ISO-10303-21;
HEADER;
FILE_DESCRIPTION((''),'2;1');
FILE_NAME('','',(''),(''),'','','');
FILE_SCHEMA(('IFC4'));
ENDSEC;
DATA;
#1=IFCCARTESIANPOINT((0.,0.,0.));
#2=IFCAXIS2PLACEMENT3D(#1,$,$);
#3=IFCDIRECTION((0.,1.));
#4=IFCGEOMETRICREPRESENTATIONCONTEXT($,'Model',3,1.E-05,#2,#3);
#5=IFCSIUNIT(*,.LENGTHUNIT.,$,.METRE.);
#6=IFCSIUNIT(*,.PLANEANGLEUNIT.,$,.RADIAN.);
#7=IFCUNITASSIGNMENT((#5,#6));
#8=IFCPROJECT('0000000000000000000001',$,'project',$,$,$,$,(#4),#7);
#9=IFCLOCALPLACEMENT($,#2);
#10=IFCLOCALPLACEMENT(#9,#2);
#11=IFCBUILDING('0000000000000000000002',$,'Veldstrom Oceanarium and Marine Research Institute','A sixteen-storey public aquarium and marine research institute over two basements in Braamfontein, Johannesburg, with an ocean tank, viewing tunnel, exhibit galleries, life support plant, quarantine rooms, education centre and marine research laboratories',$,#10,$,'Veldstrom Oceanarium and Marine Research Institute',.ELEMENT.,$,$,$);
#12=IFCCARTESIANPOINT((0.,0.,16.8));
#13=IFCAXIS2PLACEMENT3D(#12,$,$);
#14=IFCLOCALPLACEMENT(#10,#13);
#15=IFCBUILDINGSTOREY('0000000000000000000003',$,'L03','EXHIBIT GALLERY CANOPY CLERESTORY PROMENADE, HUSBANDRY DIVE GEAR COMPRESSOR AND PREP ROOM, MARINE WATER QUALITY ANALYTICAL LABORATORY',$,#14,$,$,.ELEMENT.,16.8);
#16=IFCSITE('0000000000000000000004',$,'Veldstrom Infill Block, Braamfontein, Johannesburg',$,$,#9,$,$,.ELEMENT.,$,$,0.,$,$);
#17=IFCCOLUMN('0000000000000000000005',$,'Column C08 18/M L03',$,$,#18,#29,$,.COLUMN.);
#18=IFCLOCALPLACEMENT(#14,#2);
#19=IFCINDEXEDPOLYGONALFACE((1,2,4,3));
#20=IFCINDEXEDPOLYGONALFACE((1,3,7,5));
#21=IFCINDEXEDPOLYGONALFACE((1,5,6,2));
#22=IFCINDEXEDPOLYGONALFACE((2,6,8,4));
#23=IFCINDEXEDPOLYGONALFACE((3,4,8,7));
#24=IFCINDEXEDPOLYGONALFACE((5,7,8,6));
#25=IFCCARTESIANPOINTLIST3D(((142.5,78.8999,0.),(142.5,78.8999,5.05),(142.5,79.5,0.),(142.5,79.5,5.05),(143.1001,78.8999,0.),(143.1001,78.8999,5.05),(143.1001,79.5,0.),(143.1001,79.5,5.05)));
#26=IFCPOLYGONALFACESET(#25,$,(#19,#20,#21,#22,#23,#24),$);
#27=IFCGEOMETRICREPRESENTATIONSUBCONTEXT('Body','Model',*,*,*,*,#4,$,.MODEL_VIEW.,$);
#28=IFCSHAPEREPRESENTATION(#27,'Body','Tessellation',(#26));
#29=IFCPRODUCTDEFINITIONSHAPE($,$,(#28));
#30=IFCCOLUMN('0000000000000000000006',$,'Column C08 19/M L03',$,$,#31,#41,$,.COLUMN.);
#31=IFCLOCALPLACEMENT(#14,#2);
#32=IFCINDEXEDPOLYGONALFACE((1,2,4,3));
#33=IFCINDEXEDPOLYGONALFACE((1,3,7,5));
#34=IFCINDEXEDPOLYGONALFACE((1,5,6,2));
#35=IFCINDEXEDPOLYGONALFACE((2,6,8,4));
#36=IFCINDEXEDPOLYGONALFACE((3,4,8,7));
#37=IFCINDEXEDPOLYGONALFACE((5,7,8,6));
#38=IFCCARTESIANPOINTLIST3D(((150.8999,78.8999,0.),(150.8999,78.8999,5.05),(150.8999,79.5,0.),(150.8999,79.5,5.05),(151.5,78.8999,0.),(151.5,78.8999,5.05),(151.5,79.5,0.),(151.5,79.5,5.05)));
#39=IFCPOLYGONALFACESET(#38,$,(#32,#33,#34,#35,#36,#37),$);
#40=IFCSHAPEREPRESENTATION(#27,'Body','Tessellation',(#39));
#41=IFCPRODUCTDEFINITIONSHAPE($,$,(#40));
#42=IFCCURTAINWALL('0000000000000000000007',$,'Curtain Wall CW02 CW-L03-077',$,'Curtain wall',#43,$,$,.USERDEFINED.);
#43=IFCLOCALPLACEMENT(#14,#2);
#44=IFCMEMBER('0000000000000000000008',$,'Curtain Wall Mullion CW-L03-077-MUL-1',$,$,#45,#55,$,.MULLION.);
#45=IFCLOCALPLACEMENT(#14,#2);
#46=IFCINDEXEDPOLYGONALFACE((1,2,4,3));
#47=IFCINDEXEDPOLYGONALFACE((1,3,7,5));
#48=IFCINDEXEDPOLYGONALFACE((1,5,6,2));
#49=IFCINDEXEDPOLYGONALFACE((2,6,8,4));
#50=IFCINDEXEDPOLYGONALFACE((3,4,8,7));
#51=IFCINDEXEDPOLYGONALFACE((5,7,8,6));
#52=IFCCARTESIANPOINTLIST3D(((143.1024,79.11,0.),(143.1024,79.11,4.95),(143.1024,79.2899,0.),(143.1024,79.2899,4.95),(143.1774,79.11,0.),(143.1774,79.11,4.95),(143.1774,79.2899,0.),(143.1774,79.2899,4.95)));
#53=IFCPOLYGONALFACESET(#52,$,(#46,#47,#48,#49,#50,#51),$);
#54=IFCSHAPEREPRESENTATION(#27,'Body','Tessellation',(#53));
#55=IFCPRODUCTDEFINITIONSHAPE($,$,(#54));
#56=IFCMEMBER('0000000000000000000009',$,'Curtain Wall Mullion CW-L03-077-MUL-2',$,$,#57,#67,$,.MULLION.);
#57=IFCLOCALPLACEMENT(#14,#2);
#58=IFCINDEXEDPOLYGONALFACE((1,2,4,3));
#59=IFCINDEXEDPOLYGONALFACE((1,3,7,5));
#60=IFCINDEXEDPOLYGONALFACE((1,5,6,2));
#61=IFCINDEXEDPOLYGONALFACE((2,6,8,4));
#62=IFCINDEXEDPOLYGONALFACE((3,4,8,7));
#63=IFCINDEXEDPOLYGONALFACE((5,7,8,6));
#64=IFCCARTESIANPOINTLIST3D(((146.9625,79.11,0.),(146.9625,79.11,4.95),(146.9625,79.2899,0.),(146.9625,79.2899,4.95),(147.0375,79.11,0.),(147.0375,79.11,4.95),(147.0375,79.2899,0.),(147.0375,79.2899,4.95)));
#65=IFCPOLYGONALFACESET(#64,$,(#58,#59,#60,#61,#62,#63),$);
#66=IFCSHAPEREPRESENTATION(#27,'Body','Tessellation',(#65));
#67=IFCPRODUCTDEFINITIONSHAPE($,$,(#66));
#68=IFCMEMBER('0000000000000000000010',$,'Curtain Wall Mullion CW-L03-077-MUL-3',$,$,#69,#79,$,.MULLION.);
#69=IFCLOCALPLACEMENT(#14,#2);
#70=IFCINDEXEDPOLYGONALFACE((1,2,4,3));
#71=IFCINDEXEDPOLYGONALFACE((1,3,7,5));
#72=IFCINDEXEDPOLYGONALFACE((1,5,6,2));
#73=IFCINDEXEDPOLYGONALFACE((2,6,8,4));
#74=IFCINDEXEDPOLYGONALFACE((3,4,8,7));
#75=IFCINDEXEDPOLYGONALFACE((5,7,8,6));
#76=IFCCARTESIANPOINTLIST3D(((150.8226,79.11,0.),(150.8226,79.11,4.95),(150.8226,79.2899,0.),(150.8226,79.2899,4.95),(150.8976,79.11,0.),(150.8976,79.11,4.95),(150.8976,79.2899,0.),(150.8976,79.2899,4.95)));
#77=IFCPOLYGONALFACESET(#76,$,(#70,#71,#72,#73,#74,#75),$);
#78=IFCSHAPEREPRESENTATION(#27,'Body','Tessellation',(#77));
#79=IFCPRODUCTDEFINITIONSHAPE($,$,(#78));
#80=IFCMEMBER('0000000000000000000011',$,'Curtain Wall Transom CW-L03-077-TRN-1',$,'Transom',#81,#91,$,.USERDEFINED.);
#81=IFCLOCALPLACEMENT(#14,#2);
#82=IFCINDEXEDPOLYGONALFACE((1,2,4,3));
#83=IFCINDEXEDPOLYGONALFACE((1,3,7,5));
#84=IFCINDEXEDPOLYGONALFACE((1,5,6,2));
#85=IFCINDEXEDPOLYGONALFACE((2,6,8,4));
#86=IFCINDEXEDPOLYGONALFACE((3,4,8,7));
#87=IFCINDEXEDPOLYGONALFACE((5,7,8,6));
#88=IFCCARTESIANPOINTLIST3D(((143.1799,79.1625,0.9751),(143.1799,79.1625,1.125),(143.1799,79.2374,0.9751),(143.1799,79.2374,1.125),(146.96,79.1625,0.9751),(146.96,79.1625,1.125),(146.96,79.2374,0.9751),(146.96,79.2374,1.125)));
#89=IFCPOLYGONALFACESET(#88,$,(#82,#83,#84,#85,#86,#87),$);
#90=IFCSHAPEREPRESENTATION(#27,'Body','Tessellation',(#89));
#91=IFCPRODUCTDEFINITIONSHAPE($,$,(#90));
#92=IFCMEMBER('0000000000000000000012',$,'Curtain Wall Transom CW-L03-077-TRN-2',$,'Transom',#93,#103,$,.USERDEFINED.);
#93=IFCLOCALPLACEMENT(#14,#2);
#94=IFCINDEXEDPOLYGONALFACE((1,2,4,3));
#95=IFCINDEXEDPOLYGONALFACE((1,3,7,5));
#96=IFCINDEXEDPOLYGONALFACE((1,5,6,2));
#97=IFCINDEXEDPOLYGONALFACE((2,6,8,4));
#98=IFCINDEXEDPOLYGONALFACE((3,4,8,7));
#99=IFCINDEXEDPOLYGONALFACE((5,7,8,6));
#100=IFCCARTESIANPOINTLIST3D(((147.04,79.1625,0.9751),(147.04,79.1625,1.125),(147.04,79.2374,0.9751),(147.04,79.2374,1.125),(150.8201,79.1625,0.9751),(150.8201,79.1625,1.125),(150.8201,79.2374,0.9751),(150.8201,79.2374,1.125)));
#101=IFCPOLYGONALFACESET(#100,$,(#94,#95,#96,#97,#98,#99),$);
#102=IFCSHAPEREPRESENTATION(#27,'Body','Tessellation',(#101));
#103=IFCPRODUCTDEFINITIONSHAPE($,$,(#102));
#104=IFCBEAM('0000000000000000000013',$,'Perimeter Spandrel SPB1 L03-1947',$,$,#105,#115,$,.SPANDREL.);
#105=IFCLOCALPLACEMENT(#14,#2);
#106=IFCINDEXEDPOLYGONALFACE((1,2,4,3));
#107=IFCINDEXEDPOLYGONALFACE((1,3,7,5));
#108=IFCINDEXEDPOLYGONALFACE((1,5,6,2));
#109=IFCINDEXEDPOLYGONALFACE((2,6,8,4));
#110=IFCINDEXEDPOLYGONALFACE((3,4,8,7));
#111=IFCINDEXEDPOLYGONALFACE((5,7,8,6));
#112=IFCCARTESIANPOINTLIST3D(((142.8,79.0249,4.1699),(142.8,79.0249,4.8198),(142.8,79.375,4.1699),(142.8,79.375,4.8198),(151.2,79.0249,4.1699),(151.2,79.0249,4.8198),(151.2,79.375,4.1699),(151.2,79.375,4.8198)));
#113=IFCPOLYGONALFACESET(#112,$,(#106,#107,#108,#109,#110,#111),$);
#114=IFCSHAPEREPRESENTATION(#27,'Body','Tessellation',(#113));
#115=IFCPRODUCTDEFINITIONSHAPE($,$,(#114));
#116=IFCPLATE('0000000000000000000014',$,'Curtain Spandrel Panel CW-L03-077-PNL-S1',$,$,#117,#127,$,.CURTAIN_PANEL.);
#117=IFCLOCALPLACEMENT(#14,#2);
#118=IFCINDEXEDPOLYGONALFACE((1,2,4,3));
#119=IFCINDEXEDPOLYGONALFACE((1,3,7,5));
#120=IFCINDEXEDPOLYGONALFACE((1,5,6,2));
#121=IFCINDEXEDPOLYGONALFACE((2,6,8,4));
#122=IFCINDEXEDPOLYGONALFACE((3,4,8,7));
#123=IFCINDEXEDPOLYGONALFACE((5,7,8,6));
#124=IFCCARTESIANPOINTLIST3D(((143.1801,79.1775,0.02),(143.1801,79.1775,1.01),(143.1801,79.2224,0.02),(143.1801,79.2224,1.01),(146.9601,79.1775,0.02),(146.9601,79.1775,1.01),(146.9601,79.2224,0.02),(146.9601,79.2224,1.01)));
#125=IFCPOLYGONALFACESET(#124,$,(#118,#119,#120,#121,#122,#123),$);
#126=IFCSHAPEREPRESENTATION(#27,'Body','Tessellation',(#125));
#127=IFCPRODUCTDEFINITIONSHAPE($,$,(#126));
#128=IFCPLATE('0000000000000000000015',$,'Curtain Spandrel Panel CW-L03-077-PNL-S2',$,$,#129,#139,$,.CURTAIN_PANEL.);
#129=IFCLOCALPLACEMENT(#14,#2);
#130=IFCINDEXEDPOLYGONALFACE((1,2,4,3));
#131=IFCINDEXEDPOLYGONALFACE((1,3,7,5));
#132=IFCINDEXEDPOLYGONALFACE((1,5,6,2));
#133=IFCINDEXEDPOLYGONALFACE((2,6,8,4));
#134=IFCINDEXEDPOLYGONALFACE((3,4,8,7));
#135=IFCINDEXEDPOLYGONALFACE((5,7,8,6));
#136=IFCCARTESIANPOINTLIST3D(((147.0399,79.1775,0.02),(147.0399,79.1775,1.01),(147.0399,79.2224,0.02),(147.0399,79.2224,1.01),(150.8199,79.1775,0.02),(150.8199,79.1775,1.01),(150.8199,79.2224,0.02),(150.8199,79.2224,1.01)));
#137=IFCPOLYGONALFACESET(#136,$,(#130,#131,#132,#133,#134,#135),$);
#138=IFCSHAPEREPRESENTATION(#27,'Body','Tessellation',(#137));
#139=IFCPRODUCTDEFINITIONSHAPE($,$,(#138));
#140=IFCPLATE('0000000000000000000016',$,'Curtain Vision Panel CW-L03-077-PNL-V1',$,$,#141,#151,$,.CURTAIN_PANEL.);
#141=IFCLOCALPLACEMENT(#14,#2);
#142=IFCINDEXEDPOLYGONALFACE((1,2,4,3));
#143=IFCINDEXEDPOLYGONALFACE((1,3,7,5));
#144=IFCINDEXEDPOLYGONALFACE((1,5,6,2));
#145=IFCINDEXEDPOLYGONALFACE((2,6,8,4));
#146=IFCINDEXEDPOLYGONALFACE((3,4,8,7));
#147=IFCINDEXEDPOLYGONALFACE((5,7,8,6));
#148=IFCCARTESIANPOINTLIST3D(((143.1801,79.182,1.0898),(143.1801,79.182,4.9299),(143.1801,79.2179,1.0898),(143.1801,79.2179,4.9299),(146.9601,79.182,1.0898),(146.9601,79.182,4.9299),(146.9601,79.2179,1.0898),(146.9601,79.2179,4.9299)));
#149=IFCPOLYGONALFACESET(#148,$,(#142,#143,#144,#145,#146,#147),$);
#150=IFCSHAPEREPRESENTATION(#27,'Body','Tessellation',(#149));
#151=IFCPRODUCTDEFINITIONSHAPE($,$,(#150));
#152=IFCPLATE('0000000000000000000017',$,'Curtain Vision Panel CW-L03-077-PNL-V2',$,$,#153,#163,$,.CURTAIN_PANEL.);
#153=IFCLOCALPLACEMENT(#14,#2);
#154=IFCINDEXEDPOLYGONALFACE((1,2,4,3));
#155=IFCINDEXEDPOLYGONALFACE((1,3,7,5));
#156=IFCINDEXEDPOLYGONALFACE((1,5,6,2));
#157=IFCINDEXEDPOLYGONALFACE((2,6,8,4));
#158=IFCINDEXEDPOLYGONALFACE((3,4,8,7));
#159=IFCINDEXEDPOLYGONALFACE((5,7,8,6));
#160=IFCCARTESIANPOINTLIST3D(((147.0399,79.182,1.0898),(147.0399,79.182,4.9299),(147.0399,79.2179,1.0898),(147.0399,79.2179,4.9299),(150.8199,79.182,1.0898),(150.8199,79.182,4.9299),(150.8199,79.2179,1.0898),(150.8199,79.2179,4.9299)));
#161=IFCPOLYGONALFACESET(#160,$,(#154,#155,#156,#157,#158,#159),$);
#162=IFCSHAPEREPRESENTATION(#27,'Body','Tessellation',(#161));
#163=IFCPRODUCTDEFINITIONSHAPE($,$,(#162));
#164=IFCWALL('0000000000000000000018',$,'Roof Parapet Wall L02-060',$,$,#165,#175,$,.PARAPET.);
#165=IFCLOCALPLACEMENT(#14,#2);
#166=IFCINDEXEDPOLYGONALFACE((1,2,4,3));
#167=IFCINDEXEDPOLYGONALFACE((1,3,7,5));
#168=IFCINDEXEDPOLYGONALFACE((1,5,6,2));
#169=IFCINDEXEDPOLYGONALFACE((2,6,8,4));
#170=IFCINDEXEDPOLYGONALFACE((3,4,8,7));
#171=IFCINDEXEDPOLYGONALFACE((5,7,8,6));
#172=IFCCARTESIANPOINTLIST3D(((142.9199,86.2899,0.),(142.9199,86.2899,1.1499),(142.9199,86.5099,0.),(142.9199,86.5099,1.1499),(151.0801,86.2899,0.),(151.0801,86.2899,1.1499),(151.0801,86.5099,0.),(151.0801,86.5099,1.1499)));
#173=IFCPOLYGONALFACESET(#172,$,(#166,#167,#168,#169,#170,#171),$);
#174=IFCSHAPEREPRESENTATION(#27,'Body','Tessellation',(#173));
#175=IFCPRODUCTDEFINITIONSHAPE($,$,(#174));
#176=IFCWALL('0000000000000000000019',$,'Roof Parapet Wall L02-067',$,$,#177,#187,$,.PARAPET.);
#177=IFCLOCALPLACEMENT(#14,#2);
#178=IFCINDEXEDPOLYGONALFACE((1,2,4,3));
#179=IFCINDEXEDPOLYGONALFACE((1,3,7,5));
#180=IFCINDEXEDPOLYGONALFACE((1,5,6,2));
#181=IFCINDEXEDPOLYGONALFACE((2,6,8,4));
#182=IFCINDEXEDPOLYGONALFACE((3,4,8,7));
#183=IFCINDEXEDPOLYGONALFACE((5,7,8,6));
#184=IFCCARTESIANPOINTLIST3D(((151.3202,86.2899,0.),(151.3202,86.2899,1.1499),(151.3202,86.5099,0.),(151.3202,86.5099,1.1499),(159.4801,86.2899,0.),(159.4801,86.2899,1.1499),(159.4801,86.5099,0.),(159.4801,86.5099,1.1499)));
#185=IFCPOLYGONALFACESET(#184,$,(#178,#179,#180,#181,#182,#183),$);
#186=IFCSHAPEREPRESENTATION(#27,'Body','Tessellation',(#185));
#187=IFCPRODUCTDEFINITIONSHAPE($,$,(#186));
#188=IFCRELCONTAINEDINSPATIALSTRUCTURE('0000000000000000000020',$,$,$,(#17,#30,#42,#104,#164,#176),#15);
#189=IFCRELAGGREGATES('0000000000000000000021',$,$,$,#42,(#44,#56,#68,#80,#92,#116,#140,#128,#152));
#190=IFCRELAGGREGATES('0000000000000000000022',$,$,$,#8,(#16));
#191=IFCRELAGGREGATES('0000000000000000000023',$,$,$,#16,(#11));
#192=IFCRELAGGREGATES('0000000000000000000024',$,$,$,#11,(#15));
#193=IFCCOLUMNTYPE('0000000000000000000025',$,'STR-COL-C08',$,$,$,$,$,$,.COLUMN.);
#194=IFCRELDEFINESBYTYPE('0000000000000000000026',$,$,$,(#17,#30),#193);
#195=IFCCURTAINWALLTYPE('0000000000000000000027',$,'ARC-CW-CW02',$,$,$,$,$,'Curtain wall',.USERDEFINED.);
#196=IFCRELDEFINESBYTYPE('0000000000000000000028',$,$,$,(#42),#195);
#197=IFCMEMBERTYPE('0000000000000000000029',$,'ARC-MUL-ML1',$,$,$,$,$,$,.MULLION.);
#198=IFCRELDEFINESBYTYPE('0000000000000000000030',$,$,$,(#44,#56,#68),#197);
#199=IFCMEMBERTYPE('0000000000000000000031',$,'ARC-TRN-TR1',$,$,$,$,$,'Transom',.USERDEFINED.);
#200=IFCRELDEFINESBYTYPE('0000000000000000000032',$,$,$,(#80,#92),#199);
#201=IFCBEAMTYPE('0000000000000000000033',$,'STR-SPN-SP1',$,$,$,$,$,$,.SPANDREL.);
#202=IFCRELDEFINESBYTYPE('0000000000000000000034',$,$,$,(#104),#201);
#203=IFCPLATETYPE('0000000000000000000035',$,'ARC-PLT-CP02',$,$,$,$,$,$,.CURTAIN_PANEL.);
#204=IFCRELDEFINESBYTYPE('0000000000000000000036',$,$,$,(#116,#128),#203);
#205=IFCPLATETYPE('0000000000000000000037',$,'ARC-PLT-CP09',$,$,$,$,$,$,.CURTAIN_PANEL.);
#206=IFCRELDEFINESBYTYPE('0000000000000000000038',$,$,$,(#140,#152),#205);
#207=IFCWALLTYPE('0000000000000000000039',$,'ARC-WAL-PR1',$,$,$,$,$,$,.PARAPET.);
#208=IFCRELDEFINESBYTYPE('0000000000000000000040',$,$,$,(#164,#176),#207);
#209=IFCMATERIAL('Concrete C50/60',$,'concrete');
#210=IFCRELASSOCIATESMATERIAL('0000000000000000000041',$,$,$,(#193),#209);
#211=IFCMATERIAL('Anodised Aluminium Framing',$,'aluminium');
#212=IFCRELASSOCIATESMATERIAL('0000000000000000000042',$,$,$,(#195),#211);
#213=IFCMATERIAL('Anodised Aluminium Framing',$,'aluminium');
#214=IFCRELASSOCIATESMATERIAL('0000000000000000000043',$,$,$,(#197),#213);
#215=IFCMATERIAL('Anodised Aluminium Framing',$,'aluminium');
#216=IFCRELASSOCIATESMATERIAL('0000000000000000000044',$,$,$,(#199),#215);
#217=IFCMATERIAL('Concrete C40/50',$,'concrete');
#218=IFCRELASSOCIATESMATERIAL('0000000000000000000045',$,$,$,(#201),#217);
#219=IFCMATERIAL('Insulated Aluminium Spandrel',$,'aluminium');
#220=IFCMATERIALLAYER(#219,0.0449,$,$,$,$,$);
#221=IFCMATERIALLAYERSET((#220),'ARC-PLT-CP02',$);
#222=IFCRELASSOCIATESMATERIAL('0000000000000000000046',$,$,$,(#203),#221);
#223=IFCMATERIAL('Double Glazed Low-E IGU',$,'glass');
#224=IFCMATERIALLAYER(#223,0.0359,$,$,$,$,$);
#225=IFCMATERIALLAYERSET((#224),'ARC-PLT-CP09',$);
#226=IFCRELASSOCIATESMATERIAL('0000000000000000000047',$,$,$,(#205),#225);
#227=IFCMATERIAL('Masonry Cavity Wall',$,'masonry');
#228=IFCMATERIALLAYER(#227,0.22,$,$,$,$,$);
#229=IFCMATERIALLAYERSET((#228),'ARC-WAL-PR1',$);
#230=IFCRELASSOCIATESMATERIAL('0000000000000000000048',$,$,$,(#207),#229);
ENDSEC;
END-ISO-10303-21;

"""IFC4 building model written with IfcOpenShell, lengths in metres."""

from ifc_helpers import new_model, si_unit, direction, frame, frame_2d, origin, origin_2d, place, context, subcontext, project, spatial, rectangle, extrude, material, layer, layer_set, material_profile, profile_set, type_object, element, aggregate, save


model = new_model("IFC4")

# Units and contexts
model_context = context("Model", 3, precision=1e-05, world=origin(), true_north=direction((0.0, 1.0)))
body_context = subcontext(model_context, "Body", "Model", "MODEL_VIEW")
ifc_project = project(units=[si_unit("LENGTHUNIT", "METRE"), si_unit("PLANEANGLEUNIT", "RADIAN")], contexts=[model_context])

# Site, building, storey
site_placement = place(None, origin())
site = spatial("IfcSite", under=ifc_project, at=site_placement, Name="Veldstrom Infill Block, Braamfontein, Johannesburg", CompositionType="ELEMENT", RefElevation=0.0)
building_placement = place(site_placement, origin())
building = spatial("IfcBuilding", under=site, at=building_placement, Name="Veldstrom Oceanarium and Marine Research Institute", Description="A sixteen-storey public aquarium and marine research institute over two basements in Braamfontein, Johannesburg, with an ocean tank, viewing tunnel, exhibit galleries, life support plant, quarantine rooms, education centre and marine research laboratories", LongName="Veldstrom Oceanarium and Marine Research Institute", CompositionType="ELEMENT")
storey_placement = place(building_placement, frame((0.0, 0.0, 16.8)))
storey = spatial("IfcBuildingStorey", under=building, at=storey_placement, Name="L03", Description="EXHIBIT GALLERY CANOPY CLERESTORY PROMENADE, HUSBANDRY DIVE GEAR COMPRESSOR AND PREP ROOM, MARINE WATER QUALITY ANALYTICAL LABORATORY", CompositionType="ELEMENT", Elevation=16.8)

# Columns
ifc_material_1 = material(Name="Concrete C50/60", Category="concrete")
ifc_material_profile_1 = material_profile(ifc_material_1, rectangle(XDim=0.6001, YDim=0.6001, at=origin_2d()), Name="RC-COL-600x600")
ifc_profile_set_1 = profile_set([ifc_material_profile_1], Name="Concrete C50/60")
column_type = type_object("IfcColumnType", Name="STR-COL-C08", PredefinedType="COLUMN", material=ifc_profile_set_1)
for number, where, z_axis, x_axis, name in (
    (1, (142.8, 79.2, 0.0), (0.0, 0.0, 1.0), (1.0, 0.0, 0.0), "Column C08 18/M L03"),
    (2, (151.2, 79.2, 0.0), (0.0, 0.0, 1.0), (1.0, 0.0, 0.0), "Column C08 19/M L03"),
):
    element("IfcColumn", number, at=place(storey_placement, frame(where, z_axis=z_axis, x_axis=x_axis)), inside=storey, type_object=column_type, Name=name, PredefinedType="COLUMN", context=body_context, shape_type="SweptSolid", body=[
        extrude(rectangle(XDim=0.6001, YDim=0.6001, at=origin_2d()), origin(), (0.0, 0.0, 1.0), 5.05),
    ])

# Curtain wall, members
ifc_material_2 = material(Name="Anodised Aluminium Framing", Category="aluminium")
curtain_wall_type = type_object("IfcCurtainWallType", Name="ARC-CW-CW02", ElementType="Curtain wall", PredefinedType="USERDEFINED", material=ifc_material_2)
curtain_wall_placement = place(storey_placement, origin())
curtain_wall = element("IfcCurtainWall", 3, at=curtain_wall_placement, inside=storey, type_object=curtain_wall_type, Name="Curtain Wall CW02 CW-L03-077", ObjectType="Curtain wall", PredefinedType="USERDEFINED")
ifc_material_3 = material(Name="Anodised Aluminium Framing", Category="aluminium")
ifc_material_profile_2 = material_profile(ifc_material_3, rectangle(XDim=0.075, YDim=0.1799, at=origin_2d()), Name="ALU-MUL-75x180")
ifc_profile_set_2 = profile_set([ifc_material_profile_2], Name="Anodised Aluminium Framing")
member_type_1 = type_object("IfcMemberType", Name="ARC-MUL-ML1", PredefinedType="MULLION", material=ifc_profile_set_2)
member_1_placement = place(storey_placement, frame((143.1399, 79.2, 0.0), z_axis=(0.0, 0.0, 1.0), x_axis=(1.0, 0.0, 0.0)))
member_1 = element("IfcMember", 4, at=member_1_placement, type_object=member_type_1, Name="Curtain Wall Mullion CW-L03-077-MUL-1", PredefinedType="MULLION", context=body_context, shape_type="SweptSolid", body=[
    extrude(rectangle(XDim=0.075, YDim=0.1799, at=origin_2d()), origin(), (0.0, 0.0, 1.0), 4.95),
])
member_2_placement = place(storey_placement, frame((147.0, 79.2, 0.0), z_axis=(0.0, 0.0, 1.0), x_axis=(1.0, 0.0, 0.0)))
member_2 = element("IfcMember", 5, at=member_2_placement, type_object=member_type_1, Name="Curtain Wall Mullion CW-L03-077-MUL-2", PredefinedType="MULLION", context=body_context, shape_type="SweptSolid", body=[
    extrude(rectangle(XDim=0.075, YDim=0.1799, at=origin_2d()), origin(), (0.0, 0.0, 1.0), 4.95),
])
member_3_placement = place(storey_placement, frame((150.8601, 79.2, 0.0), z_axis=(0.0, 0.0, 1.0), x_axis=(1.0, 0.0, 0.0)))
member_3 = element("IfcMember", 6, at=member_3_placement, type_object=member_type_1, Name="Curtain Wall Mullion CW-L03-077-MUL-3", PredefinedType="MULLION", context=body_context, shape_type="SweptSolid", body=[
    extrude(rectangle(XDim=0.075, YDim=0.1799, at=origin_2d()), origin(), (0.0, 0.0, 1.0), 4.95),
])
ifc_material_4 = material(Name="Anodised Aluminium Framing", Category="aluminium")
ifc_material_profile_3 = material_profile(ifc_material_4, rectangle(XDim=0.075, YDim=0.1499, at=origin_2d()), Name="ALU-TRN-75x150")
ifc_profile_set_3 = profile_set([ifc_material_profile_3], Name="Anodised Aluminium Framing")
member_type_2 = type_object("IfcMemberType", Name="ARC-TRN-TR1", ElementType="Transom", PredefinedType="USERDEFINED", material=ifc_profile_set_3)
member_4_placement = place(storey_placement, frame((143.1799, 79.2, 1.05), z_axis=(1.0, 0.0, 0.0), x_axis=(0.0, 1.0, 0.0)))
member_4 = element("IfcMember", 7, at=member_4_placement, type_object=member_type_2, Name="Curtain Wall Transom CW-L03-077-TRN-1", ObjectType="Transom", PredefinedType="USERDEFINED", context=body_context, shape_type="SweptSolid", body=[
    extrude(rectangle(XDim=0.075, YDim=0.1499, at=origin_2d()), origin(), (0.0, 0.0, 1.0), 3.78),
])
member_5_placement = place(storey_placement, frame((147.04, 79.2, 1.05), z_axis=(1.0, 0.0, 0.0), x_axis=(0.0, 1.0, 0.0)))
member_5 = element("IfcMember", 8, at=member_5_placement, type_object=member_type_2, Name="Curtain Wall Transom CW-L03-077-TRN-2", ObjectType="Transom", PredefinedType="USERDEFINED", context=body_context, shape_type="SweptSolid", body=[
    extrude(rectangle(XDim=0.075, YDim=0.1499, at=origin_2d()), origin(), (0.0, 0.0, 1.0), 3.78),
])

# Beam
ifc_material_5 = material(Name="Concrete C40/50", Category="concrete")
ifc_material_profile_4 = material_profile(ifc_material_5, rectangle(XDim=0.3501, YDim=0.6499, at=origin_2d()), Name="RC-SPN-350x650")
ifc_profile_set_4 = profile_set([ifc_material_profile_4], Name="Concrete C40/50")
beam_type = type_object("IfcBeamType", Name="STR-SPN-SP1", PredefinedType="SPANDREL", material=ifc_profile_set_4)
beam_placement = place(storey_placement, frame((142.8, 79.2, 4.4949), z_axis=(1.0, 0.0, 0.0), x_axis=(0.0, 1.0, 0.0)))
element("IfcBeam", 9, at=beam_placement, inside=storey, type_object=beam_type, Name="Perimeter Spandrel SPB1 L03-1947", PredefinedType="SPANDREL", context=body_context, shape_type="SweptSolid", body=[
    extrude(rectangle(XDim=0.3501, YDim=0.6499, at=origin_2d()), origin(), (0.0, 0.0, 1.0), 8.3999),
])

# Plates
ifc_material_6 = material(Name="Insulated Aluminium Spandrel", Category="aluminium")
ifc_layer_1 = layer(ifc_material_6, 0.0449)
ifc_layer_set_1 = layer_set([ifc_layer_1], Name="ARC-PLT-CP02")
plate_type_1 = type_object("IfcPlateType", Name="ARC-PLT-CP02", PredefinedType="CURTAIN_PANEL", material=ifc_layer_set_1)
plate_1_placement = place(storey_placement, frame((145.0701, 79.2, 0.02), z_axis=(0.0, 0.0, 1.0), x_axis=(1.0, 0.0, 0.0)))
plate_1 = element("IfcPlate", 10, at=plate_1_placement, type_object=plate_type_1, Name="Curtain Spandrel Panel CW-L03-077-PNL-S1", PredefinedType="CURTAIN_PANEL", context=body_context, shape_type="SweptSolid", body=[
    extrude(rectangle(XDim=3.78, YDim=0.0449, at=origin_2d()), origin(), (0.0, 0.0, 1.0), 0.99),
])
plate_2_placement = place(storey_placement, frame((148.9299, 79.2, 0.02), z_axis=(0.0, 0.0, 1.0), x_axis=(1.0, 0.0, 0.0)))
plate_2 = element("IfcPlate", 11, at=plate_2_placement, type_object=plate_type_1, Name="Curtain Spandrel Panel CW-L03-077-PNL-S2", PredefinedType="CURTAIN_PANEL", context=body_context, shape_type="SweptSolid", body=[
    extrude(rectangle(XDim=3.78, YDim=0.0449, at=origin_2d()), origin(), (0.0, 0.0, 1.0), 0.99),
])
ifc_material_7 = material(Name="Double Glazed Low-E IGU", Category="glass")
ifc_layer_2 = layer(ifc_material_7, 0.0359)
ifc_layer_set_2 = layer_set([ifc_layer_2], Name="ARC-PLT-CP09")
plate_type_2 = type_object("IfcPlateType", Name="ARC-PLT-CP09", PredefinedType="CURTAIN_PANEL", material=ifc_layer_set_2)
plate_3_placement = place(storey_placement, frame((145.0701, 79.2, 1.0898), z_axis=(0.0, 0.0, 1.0), x_axis=(1.0, 0.0, 0.0)))
plate_3 = element("IfcPlate", 12, at=plate_3_placement, type_object=plate_type_2, Name="Curtain Vision Panel CW-L03-077-PNL-V1", PredefinedType="CURTAIN_PANEL", context=body_context, shape_type="SweptSolid", body=[
    extrude(rectangle(XDim=3.78, YDim=0.0359, at=origin_2d()), origin(), (0.0, 0.0, 1.0), 3.8401),
])
plate_4_placement = place(storey_placement, frame((148.9299, 79.2, 1.0898), z_axis=(0.0, 0.0, 1.0), x_axis=(1.0, 0.0, 0.0)))
plate_4 = element("IfcPlate", 13, at=plate_4_placement, type_object=plate_type_2, Name="Curtain Vision Panel CW-L03-077-PNL-V2", PredefinedType="CURTAIN_PANEL", context=body_context, shape_type="SweptSolid", body=[
    extrude(rectangle(XDim=3.78, YDim=0.0359, at=origin_2d()), origin(), (0.0, 0.0, 1.0), 3.8401),
])
aggregate(curtain_wall, [member_1, member_2, member_3, member_4, member_5, plate_1, plate_3, plate_2, plate_4])

# Walls
ifc_material_8 = material(Name="Masonry Cavity Wall", Category="masonry")
ifc_layer_3 = layer(ifc_material_8, 0.22)
ifc_layer_set_3 = layer_set([ifc_layer_3], Name="ARC-WAL-PR1")
wall_type_1 = type_object("IfcWallType", Name="ARC-WAL-PR1", PredefinedType="PARAPET", material=ifc_layer_set_3)
wall_1_placement = place(storey_placement, frame((142.9199, 86.3999, 0.0), z_axis=(0.0, 0.0, 1.0), x_axis=(1.0, 0.0, 0.0)))
element("IfcWall", 14, at=wall_1_placement, inside=storey, type_object=wall_type_1, Name="Roof Parapet Wall L02-060", PredefinedType="PARAPET", context=body_context, shape_type="SweptSolid", body=[
    extrude(rectangle(XDim=8.1602, YDim=0.22, at=frame_2d((4.0801, 0.0))), origin(), (0.0, 0.0, 1.0), 1.1499),
])
wall_2_placement = place(storey_placement, frame((151.3201, 86.3999, 0.0), z_axis=(0.0, 0.0, 1.0), x_axis=(1.0, 0.0, 0.0)))
element("IfcWall", 15, at=wall_2_placement, inside=storey, type_object=wall_type_1, Name="Roof Parapet Wall L02-067", PredefinedType="PARAPET", context=body_context, shape_type="SweptSolid", body=[
    extrude(rectangle(XDim=8.1599, YDim=0.22, at=frame_2d((4.0801, 0.0))), origin(), (0.0, 0.0, 1.0), 1.1499),
])

save(model, "model.ifc")
